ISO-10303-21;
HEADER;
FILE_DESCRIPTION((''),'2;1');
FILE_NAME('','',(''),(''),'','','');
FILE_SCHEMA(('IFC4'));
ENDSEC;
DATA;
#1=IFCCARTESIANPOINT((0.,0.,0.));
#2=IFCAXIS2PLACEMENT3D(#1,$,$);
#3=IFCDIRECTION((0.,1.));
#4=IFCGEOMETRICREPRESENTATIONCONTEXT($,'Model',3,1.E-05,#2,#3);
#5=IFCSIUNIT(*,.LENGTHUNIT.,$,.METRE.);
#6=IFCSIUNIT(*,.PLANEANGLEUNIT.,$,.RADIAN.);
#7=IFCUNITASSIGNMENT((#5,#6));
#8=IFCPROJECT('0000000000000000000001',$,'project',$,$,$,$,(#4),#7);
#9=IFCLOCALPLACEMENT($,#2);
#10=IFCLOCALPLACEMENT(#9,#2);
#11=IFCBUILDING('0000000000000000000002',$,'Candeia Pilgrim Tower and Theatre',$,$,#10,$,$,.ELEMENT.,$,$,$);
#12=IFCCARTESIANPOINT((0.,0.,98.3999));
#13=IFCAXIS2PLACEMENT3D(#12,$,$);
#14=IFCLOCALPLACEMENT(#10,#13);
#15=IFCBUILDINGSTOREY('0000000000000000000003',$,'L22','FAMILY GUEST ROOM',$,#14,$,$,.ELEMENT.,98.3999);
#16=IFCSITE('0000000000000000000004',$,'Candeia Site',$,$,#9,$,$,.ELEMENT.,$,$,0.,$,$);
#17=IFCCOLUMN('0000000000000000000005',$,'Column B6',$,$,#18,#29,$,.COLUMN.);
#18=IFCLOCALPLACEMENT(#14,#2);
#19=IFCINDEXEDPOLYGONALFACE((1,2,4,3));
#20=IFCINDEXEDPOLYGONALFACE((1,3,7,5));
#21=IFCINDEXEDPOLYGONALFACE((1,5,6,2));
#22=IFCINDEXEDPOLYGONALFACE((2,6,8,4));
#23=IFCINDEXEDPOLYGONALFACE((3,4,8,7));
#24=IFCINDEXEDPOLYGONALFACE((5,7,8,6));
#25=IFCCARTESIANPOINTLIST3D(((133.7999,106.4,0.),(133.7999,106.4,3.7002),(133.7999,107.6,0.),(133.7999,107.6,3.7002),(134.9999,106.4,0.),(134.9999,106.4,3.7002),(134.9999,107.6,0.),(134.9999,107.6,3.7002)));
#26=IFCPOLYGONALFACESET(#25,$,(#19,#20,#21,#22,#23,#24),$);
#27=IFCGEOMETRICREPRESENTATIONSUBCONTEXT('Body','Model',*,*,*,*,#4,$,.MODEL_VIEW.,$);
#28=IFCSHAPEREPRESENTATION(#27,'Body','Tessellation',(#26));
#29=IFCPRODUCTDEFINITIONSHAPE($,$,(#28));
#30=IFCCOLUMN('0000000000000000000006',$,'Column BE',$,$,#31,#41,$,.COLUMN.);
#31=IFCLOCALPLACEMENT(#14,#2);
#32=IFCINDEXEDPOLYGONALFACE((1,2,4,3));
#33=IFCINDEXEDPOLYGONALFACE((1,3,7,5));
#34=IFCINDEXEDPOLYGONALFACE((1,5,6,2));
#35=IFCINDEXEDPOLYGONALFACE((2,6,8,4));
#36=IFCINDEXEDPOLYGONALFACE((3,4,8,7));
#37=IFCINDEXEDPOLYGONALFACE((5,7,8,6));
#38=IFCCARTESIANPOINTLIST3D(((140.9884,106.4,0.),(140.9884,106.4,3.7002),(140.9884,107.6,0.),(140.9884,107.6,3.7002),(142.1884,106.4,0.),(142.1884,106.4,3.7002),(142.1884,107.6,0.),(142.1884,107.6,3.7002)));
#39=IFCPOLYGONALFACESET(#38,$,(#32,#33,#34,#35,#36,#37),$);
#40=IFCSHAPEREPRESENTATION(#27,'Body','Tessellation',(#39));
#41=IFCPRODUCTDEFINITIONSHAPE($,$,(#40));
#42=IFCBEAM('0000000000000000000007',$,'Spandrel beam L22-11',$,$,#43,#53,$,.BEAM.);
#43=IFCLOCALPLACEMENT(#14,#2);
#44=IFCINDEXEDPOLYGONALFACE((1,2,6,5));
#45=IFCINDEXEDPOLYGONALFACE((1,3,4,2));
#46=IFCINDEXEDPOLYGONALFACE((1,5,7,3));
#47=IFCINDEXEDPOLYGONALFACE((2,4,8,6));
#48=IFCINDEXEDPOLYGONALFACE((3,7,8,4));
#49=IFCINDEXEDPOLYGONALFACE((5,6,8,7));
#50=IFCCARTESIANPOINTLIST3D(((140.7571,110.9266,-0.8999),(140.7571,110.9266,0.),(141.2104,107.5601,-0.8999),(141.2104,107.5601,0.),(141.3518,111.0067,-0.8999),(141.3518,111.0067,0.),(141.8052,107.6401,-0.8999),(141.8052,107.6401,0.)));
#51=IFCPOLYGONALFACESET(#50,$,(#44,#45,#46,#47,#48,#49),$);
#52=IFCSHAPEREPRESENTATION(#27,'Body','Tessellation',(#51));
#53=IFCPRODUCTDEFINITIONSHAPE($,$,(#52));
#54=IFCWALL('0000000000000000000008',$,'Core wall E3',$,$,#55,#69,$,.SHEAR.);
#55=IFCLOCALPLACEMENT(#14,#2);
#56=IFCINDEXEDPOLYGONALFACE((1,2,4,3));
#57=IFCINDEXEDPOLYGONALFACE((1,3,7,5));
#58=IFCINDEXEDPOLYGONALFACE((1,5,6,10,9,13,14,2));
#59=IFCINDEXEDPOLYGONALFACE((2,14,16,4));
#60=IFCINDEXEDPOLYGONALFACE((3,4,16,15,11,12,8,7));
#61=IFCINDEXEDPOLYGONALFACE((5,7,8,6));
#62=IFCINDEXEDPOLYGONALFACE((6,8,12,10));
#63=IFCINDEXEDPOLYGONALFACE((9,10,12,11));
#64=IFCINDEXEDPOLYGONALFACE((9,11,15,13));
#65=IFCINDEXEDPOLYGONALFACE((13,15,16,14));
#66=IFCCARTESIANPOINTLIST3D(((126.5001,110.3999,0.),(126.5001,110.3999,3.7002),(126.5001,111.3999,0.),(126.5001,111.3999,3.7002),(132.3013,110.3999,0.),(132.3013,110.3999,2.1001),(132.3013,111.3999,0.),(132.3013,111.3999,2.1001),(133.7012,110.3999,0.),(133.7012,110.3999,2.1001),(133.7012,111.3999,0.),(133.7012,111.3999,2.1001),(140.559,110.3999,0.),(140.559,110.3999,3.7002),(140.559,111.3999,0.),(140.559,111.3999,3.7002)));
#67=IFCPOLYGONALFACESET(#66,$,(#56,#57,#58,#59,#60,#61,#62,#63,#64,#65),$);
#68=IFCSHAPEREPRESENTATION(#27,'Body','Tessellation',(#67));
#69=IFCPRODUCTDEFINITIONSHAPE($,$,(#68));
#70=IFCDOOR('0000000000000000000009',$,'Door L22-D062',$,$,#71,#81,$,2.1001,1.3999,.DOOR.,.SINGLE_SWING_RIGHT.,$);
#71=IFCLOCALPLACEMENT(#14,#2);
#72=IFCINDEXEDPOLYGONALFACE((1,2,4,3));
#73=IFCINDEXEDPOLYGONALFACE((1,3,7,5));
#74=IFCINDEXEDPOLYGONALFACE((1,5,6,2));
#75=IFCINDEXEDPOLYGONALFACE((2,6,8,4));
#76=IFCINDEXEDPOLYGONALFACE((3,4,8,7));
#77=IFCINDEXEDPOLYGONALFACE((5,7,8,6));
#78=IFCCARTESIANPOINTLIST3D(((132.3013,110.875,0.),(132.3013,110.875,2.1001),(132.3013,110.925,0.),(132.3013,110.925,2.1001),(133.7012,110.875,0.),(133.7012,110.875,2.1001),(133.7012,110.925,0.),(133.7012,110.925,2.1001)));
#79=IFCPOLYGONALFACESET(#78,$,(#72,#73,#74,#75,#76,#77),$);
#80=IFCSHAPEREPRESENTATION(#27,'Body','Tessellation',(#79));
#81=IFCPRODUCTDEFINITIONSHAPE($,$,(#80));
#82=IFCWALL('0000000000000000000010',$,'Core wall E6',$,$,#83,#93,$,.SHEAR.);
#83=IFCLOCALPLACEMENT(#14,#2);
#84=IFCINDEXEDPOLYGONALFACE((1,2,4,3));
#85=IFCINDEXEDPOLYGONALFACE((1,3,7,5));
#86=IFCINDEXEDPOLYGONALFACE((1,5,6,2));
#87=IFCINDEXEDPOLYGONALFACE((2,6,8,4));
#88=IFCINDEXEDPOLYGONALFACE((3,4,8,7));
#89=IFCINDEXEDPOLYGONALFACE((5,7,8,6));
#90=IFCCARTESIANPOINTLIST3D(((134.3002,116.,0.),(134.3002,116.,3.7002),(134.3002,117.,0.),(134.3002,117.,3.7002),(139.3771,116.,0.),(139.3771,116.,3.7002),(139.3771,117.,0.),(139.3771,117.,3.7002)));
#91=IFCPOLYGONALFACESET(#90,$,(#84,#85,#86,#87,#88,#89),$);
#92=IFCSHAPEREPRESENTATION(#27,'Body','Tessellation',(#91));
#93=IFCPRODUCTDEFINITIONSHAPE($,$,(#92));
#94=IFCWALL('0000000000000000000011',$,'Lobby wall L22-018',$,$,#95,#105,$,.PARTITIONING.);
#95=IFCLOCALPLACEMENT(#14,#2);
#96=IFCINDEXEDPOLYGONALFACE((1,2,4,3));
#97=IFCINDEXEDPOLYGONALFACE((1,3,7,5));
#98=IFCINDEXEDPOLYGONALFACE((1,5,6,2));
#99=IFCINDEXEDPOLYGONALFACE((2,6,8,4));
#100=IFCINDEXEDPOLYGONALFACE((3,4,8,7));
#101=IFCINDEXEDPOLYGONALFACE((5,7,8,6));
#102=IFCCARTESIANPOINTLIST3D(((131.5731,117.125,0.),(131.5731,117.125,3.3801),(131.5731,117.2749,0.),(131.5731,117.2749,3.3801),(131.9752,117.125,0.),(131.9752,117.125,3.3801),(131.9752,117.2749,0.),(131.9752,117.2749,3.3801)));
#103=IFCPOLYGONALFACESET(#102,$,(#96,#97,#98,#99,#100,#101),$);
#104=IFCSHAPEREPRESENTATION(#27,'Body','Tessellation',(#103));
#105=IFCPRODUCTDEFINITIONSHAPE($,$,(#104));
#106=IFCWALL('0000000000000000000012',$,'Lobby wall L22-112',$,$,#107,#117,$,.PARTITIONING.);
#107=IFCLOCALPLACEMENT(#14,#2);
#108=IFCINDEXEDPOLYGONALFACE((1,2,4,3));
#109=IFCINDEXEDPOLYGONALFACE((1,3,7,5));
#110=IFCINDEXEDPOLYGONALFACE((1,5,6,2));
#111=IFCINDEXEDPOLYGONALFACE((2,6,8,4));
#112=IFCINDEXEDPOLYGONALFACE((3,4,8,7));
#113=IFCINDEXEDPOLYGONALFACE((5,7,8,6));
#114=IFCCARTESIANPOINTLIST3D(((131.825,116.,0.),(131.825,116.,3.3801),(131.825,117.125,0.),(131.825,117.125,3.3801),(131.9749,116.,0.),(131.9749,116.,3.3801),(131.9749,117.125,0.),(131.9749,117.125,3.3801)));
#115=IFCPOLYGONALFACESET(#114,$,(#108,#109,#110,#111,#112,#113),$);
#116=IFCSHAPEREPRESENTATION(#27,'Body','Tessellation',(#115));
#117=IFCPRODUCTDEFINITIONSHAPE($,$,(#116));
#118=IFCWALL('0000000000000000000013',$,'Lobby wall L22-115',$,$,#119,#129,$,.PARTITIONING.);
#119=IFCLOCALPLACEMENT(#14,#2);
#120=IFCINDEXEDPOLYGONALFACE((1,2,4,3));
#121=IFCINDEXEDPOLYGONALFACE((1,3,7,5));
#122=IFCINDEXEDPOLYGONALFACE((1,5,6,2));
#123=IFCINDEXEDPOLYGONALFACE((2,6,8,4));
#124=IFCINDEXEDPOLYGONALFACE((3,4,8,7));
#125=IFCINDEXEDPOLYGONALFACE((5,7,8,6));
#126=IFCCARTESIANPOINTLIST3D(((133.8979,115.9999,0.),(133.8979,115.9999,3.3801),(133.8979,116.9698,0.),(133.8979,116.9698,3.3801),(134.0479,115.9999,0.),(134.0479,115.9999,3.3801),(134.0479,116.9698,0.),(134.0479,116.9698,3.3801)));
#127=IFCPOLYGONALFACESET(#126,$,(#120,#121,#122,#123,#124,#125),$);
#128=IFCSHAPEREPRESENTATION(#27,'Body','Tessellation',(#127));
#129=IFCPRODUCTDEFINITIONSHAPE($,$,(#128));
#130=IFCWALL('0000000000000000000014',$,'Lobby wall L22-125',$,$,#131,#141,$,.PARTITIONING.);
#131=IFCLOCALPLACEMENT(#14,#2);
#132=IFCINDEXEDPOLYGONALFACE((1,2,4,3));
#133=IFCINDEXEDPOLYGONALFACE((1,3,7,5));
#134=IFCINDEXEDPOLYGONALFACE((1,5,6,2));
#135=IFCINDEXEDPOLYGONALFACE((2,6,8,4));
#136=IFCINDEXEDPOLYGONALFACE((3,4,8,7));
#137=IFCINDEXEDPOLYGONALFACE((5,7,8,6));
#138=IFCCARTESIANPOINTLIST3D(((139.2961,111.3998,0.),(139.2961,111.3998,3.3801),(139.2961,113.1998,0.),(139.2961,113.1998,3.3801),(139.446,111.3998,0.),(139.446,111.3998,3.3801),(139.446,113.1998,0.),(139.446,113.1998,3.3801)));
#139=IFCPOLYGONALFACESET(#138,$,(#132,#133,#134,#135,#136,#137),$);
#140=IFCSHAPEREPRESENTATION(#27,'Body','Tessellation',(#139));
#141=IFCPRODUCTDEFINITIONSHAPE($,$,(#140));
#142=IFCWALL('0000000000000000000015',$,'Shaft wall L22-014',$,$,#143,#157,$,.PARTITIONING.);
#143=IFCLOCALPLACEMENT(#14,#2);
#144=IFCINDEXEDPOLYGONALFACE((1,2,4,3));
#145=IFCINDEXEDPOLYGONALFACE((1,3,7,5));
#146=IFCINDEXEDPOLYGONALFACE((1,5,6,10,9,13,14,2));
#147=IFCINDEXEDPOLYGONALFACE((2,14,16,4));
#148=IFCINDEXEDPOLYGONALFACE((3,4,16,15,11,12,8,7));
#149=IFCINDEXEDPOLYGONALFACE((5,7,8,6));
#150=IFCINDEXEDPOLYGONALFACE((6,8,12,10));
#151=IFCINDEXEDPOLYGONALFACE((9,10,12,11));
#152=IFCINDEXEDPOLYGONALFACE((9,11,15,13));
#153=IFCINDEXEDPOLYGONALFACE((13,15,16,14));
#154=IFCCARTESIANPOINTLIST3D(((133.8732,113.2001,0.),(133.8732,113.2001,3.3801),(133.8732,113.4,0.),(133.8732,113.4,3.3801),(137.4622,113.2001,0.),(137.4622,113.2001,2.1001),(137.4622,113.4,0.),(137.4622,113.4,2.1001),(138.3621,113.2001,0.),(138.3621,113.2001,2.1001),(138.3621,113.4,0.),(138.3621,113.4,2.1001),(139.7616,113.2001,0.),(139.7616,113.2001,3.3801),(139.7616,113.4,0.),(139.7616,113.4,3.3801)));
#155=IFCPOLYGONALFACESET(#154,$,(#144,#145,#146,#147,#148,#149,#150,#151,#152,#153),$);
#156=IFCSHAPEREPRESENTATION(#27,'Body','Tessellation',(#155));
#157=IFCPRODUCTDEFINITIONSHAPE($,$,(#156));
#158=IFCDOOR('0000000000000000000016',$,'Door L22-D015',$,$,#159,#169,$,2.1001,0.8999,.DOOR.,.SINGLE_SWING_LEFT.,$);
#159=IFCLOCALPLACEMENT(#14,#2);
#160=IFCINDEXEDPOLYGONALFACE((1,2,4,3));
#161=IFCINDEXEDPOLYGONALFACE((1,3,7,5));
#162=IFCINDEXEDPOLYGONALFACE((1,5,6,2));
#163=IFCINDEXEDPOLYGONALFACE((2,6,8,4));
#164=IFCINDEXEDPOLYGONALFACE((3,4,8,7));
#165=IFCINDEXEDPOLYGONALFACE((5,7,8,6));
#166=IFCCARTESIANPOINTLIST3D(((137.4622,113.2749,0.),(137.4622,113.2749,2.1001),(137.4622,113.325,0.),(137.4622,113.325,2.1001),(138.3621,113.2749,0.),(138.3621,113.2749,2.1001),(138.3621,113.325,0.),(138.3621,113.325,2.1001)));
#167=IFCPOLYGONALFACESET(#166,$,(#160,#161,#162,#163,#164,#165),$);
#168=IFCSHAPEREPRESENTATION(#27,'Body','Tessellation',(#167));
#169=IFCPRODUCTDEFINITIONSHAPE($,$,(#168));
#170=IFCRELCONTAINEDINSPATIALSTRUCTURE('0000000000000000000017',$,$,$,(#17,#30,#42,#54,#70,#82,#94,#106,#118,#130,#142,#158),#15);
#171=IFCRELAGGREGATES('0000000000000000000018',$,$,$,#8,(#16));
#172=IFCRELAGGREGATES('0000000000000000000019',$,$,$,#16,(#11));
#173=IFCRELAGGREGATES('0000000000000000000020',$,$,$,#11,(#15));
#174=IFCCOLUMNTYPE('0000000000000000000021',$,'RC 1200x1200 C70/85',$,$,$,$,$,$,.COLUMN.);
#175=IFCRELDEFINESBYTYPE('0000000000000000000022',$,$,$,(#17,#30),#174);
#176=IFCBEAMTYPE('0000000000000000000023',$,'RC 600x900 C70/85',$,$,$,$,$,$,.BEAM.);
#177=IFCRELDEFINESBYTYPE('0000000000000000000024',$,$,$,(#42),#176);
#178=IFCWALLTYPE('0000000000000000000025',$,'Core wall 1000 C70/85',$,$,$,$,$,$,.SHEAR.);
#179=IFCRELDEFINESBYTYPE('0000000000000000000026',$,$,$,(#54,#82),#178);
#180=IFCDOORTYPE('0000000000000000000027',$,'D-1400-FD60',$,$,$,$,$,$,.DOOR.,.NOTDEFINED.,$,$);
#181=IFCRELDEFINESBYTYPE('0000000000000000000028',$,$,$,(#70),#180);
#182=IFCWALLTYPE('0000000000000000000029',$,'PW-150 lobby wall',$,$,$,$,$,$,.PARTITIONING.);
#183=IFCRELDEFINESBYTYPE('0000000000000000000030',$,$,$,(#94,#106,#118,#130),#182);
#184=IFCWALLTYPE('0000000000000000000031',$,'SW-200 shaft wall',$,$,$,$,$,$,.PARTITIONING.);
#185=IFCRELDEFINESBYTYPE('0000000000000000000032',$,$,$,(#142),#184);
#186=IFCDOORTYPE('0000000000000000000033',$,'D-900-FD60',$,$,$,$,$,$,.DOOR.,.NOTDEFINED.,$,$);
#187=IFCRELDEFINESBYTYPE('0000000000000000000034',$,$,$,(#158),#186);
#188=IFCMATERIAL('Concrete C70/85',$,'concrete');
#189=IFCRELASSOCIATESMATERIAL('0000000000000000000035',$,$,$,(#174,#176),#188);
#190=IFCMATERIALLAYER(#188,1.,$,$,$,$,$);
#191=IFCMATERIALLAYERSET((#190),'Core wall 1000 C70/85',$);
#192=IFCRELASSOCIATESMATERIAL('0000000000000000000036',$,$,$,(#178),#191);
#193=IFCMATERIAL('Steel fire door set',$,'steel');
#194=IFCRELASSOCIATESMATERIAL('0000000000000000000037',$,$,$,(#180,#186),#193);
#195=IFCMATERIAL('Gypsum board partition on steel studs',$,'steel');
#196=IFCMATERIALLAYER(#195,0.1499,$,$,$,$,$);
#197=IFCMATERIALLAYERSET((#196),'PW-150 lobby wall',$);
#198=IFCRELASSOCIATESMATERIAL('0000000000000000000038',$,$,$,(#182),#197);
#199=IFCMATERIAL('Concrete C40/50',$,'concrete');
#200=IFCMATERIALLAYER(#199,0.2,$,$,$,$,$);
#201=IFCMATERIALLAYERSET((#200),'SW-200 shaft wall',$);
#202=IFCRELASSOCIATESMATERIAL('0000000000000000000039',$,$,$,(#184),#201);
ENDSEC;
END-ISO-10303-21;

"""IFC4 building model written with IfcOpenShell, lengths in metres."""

from ifc_helpers import new_model, si_unit, direction, frame, frame_2d, origin, origin_2d, place, context, subcontext, project, spatial, rectangle, extrude, material, layer, layer_set, material_profile, profile_set, type_object, element, fill, save


model = new_model("IFC4")

# Units and contexts
model_context = context("Model", 3, precision=1e-05, world=origin(), true_north=direction((0.0, 1.0)))
body_context = subcontext(model_context, "Body", "Model", "MODEL_VIEW")
ifc_project = project(units=[si_unit("LENGTHUNIT", "METRE"), si_unit("PLANEANGLEUNIT", "RADIAN")], contexts=[model_context])

# Site, building, storey
site_placement = place(None, origin())
site = spatial("IfcSite", under=ifc_project, at=site_placement, Name="Candeia Site", CompositionType="ELEMENT", RefElevation=0.0)
building_placement = place(site_placement, origin())
building = spatial("IfcBuilding", under=site, at=building_placement, Name="Candeia Pilgrim Tower and Theatre", CompositionType="ELEMENT")
storey_placement = place(building_placement, frame((0.0, 0.0, 98.3999)))
storey = spatial("IfcBuildingStorey", under=building, at=storey_placement, Name="L22", Description="FAMILY GUEST ROOM", CompositionType="ELEMENT", Elevation=98.3999)

# Columns
ifc_material_1 = material(Name="Concrete C70/85", Category="concrete")
ifc_material_profile_1 = material_profile(ifc_material_1, rectangle(XDim=1.2, YDim=1.2, at=origin_2d()))
ifc_profile_set_1 = profile_set([ifc_material_profile_1], Name="Concrete C70/85")
column_type = type_object("IfcColumnType", Name="RC 1200x1200 C70/85", PredefinedType="COLUMN", material=ifc_profile_set_1)
for number, where, z_axis, x_axis, name in (
    (1, (134.3999, 107.0, 0.0), (0.0, 0.0, 1.0), (1.0, 0.0, 0.0), "Column B6"),
    (2, (141.5884, 107.0, 0.0), (0.0, 0.0, 1.0), (1.0, 0.0, 0.0), "Column BE"),
):
    element("IfcColumn", number, at=place(storey_placement, frame(where, z_axis=z_axis, x_axis=x_axis)), inside=storey, type_object=column_type, Name=name, PredefinedType="COLUMN", context=body_context, shape_type="SweptSolid", body=[
        extrude(rectangle(XDim=1.2, YDim=1.2, at=origin_2d()), origin(), (0.0, 0.0, 1.0), 3.7002),
    ])

# Beam
ifc_material_profile_2 = material_profile(ifc_material_1, rectangle(XDim=0.6001, YDim=0.8999, at=origin_2d()))
ifc_profile_set_2 = profile_set([ifc_material_profile_2], Name="Concrete C70/85")
beam_type = type_object("IfcBeamType", Name="RC 600x900 C70/85", PredefinedType="BEAM", material=ifc_profile_set_2)
beam_placement = place(storey_placement, frame((141.5078, 107.6001, -0.45), z_axis=(-0.133458, 0.991054, 0.0), x_axis=(-0.991054, -0.133458, 0.0)))
element("IfcBeam", 3, at=beam_placement, inside=storey, type_object=beam_type, Name="Spandrel beam L22-11", PredefinedType="BEAM", context=body_context, shape_type="SweptSolid", body=[
    extrude(rectangle(XDim=0.6001, YDim=0.8999, at=origin_2d()), origin(), (0.0, 0.0, 1.0), 3.397),
])

# Wall, opening, door
ifc_layer_1 = layer(ifc_material_1, 1.0)
ifc_layer_set_1 = layer_set([ifc_layer_1], Name="Core wall 1000 C70/85")
wall_type_1 = type_object("IfcWallType", Name="Core wall 1000 C70/85", PredefinedType="SHEAR", material=ifc_layer_set_1)
wall_1_placement = place(storey_placement, frame((140.5588, 110.8999, 0.0), z_axis=(0.0, 0.0, 1.0), x_axis=(-1.0, 0.0, 0.0)))
wall_1 = element("IfcWall", 4, at=wall_1_placement, inside=storey, type_object=wall_type_1, Name="Core wall E3", PredefinedType="SHEAR", context=body_context, shape_type="SweptSolid", body=[
    extrude(rectangle(XDim=14.0588, YDim=1.0, at=frame_2d((7.0293, 0.0))), origin(), (0.0, 0.0, 1.0), 3.7002),
])
opening_1_placement = place(wall_1_placement, frame((6.8577, 0.0, 0.0)))
opening_1 = element("IfcOpeningElement", 5, at=opening_1_placement, cuts=wall_1, PredefinedType="OPENING", context=body_context, shape_type="SweptSolid", body=[
    extrude(rectangle(XDim=1.3999, YDim=2.1001, at=frame_2d((0.7, 1.05))), frame((0.0, 0.51, 0.0), z_axis=(0.0, -1.0, 0.0), x_axis=(1.0, 0.0, 0.0)), (0.0, 0.0, 1.0), 1.02),
])
ifc_material_2 = material(Name="Steel fire door set", Category="steel")
door_type_1 = type_object("IfcDoorType", Name="D-1400-FD60", OperationType="NOTDEFINED", PredefinedType="DOOR", material=ifc_material_2)
door_1_placement = place(opening_1_placement, origin())
door_1 = element("IfcDoor", 6, at=door_1_placement, inside=storey, type_object=door_type_1, Name="Door L22-D062", OperationType="SINGLE_SWING_RIGHT", OverallHeight=2.1001, OverallWidth=1.3999, PredefinedType="DOOR", context=body_context, shape_type="SweptSolid", body=[
    extrude(rectangle(XDim=1.3999, YDim=2.1001, at=frame_2d((0.7, 1.05))), frame((0.0, 0.0249, 0.0), z_axis=(0.0, -1.0, 0.0), x_axis=(1.0, 0.0, 0.0)), (0.0, 0.0, 1.0), 0.05),
])
fill(opening_1, door_1)

# Walls
wall_2_placement = place(storey_placement, frame((134.3, 116.5, 0.0), z_axis=(0.0, 0.0, 1.0), x_axis=(1.0, 0.0, 0.0)))
element("IfcWall", 7, at=wall_2_placement, inside=storey, type_object=wall_type_1, Name="Core wall E6", PredefinedType="SHEAR", context=body_context, shape_type="SweptSolid", body=[
    extrude(rectangle(XDim=5.0769, YDim=1.0, at=frame_2d((2.5386, 0.0))), origin(), (0.0, 0.0, 1.0), 3.7002),
])
ifc_material_3 = material(Name="Gypsum board partition on steel studs", Category="steel")
ifc_layer_2 = layer(ifc_material_3, 0.1499)
ifc_layer_set_2 = layer_set([ifc_layer_2], Name="PW-150 lobby wall")
wall_type_2 = type_object("IfcWallType", Name="PW-150 lobby wall", PredefinedType="PARTITIONING", material=ifc_layer_set_2)
wall_3_placement = place(storey_placement, frame((131.573, 117.2, 0.0), z_axis=(0.0, 0.0, 1.0), x_axis=(1.0, 0.0, 0.0)))
element("IfcWall", 8, at=wall_3_placement, inside=storey, type_object=wall_type_2, Name="Lobby wall L22-018", PredefinedType="PARTITIONING", context=body_context, shape_type="SweptSolid", body=[
    extrude(rectangle(XDim=0.4021, YDim=0.1499, at=frame_2d((0.2012, 0.0))), origin(), (0.0, 0.0, 1.0), 3.3801),
])
wall_4_placement = place(storey_placement, frame((131.8999, 116.0, 0.0), z_axis=(0.0, 0.0, 1.0), x_axis=(0.0, 1.0, 0.0)))
element("IfcWall", 9, at=wall_4_placement, inside=storey, type_object=wall_type_2, Name="Lobby wall L22-112", PredefinedType="PARTITIONING", context=body_context, shape_type="SweptSolid", body=[
    extrude(rectangle(XDim=1.125, YDim=0.1499, at=frame_2d((0.5625, 0.0))), origin(), (0.0, 0.0, 1.0), 3.3801),
])
wall_5_placement = place(storey_placement, frame((133.9729, 116.0, 0.0), z_axis=(0.0, 0.0, 1.0), x_axis=(0.0, 1.0, 0.0)))
element("IfcWall", 10, at=wall_5_placement, inside=storey, type_object=wall_type_2, Name="Lobby wall L22-115", PredefinedType="PARTITIONING", context=body_context, shape_type="SweptSolid", body=[
    extrude(rectangle(XDim=0.97, YDim=0.1499, at=frame_2d((0.4849, 0.0))), origin(), (0.0, 0.0, 1.0), 3.3801),
])
wall_6_placement = place(storey_placement, frame((139.3711, 111.3999, 0.0), z_axis=(0.0, 0.0, 1.0), x_axis=(0.0, 1.0, 0.0)))
element("IfcWall", 11, at=wall_6_placement, inside=storey, type_object=wall_type_2, Name="Lobby wall L22-125", PredefinedType="PARTITIONING", context=body_context, shape_type="SweptSolid", body=[
    extrude(rectangle(XDim=1.8, YDim=0.1499, at=frame_2d((0.8999, 0.0))), origin(), (0.0, 0.0, 1.0), 3.3801),
])

# Wall, opening, door
ifc_material_4 = material(Name="Concrete C40/50", Category="concrete")
ifc_layer_3 = layer(ifc_material_4, 0.2)
ifc_layer_set_3 = layer_set([ifc_layer_3], Name="SW-200 shaft wall")
wall_type_3 = type_object("IfcWallType", Name="SW-200 shaft wall", PredefinedType="PARTITIONING", material=ifc_layer_set_3)
wall_7_placement = place(storey_placement, frame((133.873, 113.3, 0.0), z_axis=(0.0, 0.0, 1.0), x_axis=(1.0, 0.0, 0.0)))
wall_7 = element("IfcWall", 12, at=wall_7_placement, inside=storey, type_object=wall_type_3, Name="Shaft wall L22-014", PredefinedType="PARTITIONING", context=body_context, shape_type="SweptSolid", body=[
    extrude(rectangle(XDim=5.8884, YDim=0.2, at=frame_2d((2.9443, 0.0))), origin(), (0.0, 0.0, 1.0), 3.3801),
])
opening_2_placement = place(wall_7_placement, frame((3.5891, 0.0, 0.0)))
opening_2 = element("IfcOpeningElement", 13, at=opening_2_placement, cuts=wall_7, PredefinedType="OPENING", context=body_context, shape_type="SweptSolid", body=[
    extrude(rectangle(XDim=0.8999, YDim=2.1001, at=frame_2d((0.45, 1.05))), frame((0.0, 0.1099, 0.0), z_axis=(0.0, -1.0, 0.0), x_axis=(1.0, 0.0, 0.0)), (0.0, 0.0, 1.0), 0.22),
])
door_type_2 = type_object("IfcDoorType", Name="D-900-FD60", OperationType="NOTDEFINED", PredefinedType="DOOR", material=ifc_material_2)
door_2_placement = place(opening_2_placement, origin())
door_2 = element("IfcDoor", 14, at=door_2_placement, inside=storey, type_object=door_type_2, Name="Door L22-D015", OperationType="SINGLE_SWING_LEFT", OverallHeight=2.1001, OverallWidth=0.8999, PredefinedType="DOOR", context=body_context, shape_type="SweptSolid", body=[
    extrude(rectangle(XDim=0.8999, YDim=2.1001, at=frame_2d((0.45, 1.05))), frame((0.0, 0.0249, 0.0), z_axis=(0.0, -1.0, 0.0), x_axis=(1.0, 0.0, 0.0)), (0.0, 0.0, 1.0), 0.05),
])
fill(opening_2, door_2)

save(model, "model.ifc")
